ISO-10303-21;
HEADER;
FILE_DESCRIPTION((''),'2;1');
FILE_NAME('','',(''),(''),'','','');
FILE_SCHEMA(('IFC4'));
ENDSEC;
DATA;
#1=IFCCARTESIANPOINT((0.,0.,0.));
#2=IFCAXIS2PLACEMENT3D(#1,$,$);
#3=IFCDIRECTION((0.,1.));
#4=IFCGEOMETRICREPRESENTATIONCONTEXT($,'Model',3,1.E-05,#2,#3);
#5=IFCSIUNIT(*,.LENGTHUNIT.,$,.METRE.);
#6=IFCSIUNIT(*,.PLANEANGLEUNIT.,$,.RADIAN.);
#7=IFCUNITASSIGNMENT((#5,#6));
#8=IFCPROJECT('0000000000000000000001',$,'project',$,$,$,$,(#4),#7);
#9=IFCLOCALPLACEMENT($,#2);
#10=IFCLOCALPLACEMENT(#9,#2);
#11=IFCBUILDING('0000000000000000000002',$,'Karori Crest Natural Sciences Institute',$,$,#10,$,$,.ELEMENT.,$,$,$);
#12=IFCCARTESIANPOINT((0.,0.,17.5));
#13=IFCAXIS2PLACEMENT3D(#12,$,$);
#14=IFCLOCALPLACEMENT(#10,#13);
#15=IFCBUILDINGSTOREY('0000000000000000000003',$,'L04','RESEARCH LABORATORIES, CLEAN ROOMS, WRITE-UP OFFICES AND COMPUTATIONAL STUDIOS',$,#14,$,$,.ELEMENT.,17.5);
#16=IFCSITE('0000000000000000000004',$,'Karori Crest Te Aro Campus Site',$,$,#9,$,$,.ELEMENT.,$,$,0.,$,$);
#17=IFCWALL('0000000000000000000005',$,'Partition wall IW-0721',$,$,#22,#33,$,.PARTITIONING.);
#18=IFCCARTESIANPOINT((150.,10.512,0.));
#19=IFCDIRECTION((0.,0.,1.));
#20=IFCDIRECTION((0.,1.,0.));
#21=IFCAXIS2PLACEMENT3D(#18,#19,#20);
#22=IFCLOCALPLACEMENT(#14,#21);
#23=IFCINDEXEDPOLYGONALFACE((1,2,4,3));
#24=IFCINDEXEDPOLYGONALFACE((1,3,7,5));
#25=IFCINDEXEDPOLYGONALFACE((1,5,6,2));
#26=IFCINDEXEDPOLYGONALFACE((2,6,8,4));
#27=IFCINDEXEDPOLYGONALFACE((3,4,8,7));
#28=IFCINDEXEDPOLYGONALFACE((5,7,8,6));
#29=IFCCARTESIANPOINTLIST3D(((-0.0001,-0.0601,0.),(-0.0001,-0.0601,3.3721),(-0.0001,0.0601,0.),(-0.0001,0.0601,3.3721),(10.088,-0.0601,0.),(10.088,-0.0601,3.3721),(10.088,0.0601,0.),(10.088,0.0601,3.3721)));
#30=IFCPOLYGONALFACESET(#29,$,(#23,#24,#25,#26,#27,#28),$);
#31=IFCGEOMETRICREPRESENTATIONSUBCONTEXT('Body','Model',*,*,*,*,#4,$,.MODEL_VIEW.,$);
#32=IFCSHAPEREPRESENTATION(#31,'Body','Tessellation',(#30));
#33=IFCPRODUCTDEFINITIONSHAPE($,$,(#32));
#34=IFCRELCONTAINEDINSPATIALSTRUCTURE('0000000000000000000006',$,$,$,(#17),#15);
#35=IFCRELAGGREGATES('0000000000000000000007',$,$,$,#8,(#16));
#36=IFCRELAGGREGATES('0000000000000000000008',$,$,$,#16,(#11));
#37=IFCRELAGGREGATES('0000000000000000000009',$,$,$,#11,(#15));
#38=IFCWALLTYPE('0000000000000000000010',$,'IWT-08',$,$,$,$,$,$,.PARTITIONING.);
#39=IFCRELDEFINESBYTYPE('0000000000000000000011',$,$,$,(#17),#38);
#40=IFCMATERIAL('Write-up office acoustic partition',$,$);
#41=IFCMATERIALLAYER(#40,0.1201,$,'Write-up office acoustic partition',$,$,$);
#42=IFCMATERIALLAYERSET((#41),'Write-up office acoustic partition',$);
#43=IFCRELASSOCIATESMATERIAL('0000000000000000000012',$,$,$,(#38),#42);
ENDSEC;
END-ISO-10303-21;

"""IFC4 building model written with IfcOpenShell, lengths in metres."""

from ifc_helpers import new_model, si_unit, direction, frame, frame_2d, origin, place, context, subcontext, project, spatial, rectangle, extrude, material, layer, layer_set, type_object, element, save


model = new_model("IFC4")

# Units and contexts
model_context = context("Model", 3, precision=1e-05, world=origin(), true_north=direction((0.0, 1.0)))
body_context = subcontext(model_context, "Body", "Model", "MODEL_VIEW")
ifc_project = project(units=[si_unit("LENGTHUNIT", "METRE"), si_unit("PLANEANGLEUNIT", "RADIAN")], contexts=[model_context])

# Site, building, storey
site_placement = place(None, origin())
site = spatial("IfcSite", under=ifc_project, at=site_placement, Name="Karori Crest Te Aro Campus Site", CompositionType="ELEMENT", RefElevation=0.0)
building_placement = place(site_placement, origin())
building = spatial("IfcBuilding", under=site, at=building_placement, Name="Karori Crest Natural Sciences Institute", CompositionType="ELEMENT")
storey_placement = place(building_placement, frame((0.0, 0.0, 17.5)))
storey = spatial("IfcBuildingStorey", under=building, at=storey_placement, Name="L04", Description="RESEARCH LABORATORIES, CLEAN ROOMS, WRITE-UP OFFICES AND COMPUTATIONAL STUDIOS", CompositionType="ELEMENT", Elevation=17.5)

# Shared definitions
ifc_material_1 = material(Name="Write-up office acoustic partition")
ifc_layer_1 = layer(ifc_material_1, 0.1201, Name="Write-up office acoustic partition")
ifc_layer_set_1 = layer_set([ifc_layer_1], Name="Write-up office acoustic partition")
wall_type_1 = type_object("IfcWallType", Name="IWT-08", PredefinedType="PARTITIONING", material=ifc_layer_set_1)

# Wall
wall_1_placement = place(storey_placement, frame((150.0, 10.512, 0.0), z_axis=(0.0, 0.0, 1.0), x_axis=(0.0, 1.0, 0.0)))
element("IfcWall", 1, at=wall_1_placement, inside=storey, type_object=wall_type_1, Name="Partition wall IW-0721", PredefinedType="PARTITIONING", context=body_context, shape_type="SweptSolid", body=[
    extrude(rectangle(XDim=10.0881, YDim=0.1201, at=frame_2d((5.0439, 0.0))), origin(), (0.0, 0.0, 1.0), 3.3721),
])

save(model, "model.ifc")
